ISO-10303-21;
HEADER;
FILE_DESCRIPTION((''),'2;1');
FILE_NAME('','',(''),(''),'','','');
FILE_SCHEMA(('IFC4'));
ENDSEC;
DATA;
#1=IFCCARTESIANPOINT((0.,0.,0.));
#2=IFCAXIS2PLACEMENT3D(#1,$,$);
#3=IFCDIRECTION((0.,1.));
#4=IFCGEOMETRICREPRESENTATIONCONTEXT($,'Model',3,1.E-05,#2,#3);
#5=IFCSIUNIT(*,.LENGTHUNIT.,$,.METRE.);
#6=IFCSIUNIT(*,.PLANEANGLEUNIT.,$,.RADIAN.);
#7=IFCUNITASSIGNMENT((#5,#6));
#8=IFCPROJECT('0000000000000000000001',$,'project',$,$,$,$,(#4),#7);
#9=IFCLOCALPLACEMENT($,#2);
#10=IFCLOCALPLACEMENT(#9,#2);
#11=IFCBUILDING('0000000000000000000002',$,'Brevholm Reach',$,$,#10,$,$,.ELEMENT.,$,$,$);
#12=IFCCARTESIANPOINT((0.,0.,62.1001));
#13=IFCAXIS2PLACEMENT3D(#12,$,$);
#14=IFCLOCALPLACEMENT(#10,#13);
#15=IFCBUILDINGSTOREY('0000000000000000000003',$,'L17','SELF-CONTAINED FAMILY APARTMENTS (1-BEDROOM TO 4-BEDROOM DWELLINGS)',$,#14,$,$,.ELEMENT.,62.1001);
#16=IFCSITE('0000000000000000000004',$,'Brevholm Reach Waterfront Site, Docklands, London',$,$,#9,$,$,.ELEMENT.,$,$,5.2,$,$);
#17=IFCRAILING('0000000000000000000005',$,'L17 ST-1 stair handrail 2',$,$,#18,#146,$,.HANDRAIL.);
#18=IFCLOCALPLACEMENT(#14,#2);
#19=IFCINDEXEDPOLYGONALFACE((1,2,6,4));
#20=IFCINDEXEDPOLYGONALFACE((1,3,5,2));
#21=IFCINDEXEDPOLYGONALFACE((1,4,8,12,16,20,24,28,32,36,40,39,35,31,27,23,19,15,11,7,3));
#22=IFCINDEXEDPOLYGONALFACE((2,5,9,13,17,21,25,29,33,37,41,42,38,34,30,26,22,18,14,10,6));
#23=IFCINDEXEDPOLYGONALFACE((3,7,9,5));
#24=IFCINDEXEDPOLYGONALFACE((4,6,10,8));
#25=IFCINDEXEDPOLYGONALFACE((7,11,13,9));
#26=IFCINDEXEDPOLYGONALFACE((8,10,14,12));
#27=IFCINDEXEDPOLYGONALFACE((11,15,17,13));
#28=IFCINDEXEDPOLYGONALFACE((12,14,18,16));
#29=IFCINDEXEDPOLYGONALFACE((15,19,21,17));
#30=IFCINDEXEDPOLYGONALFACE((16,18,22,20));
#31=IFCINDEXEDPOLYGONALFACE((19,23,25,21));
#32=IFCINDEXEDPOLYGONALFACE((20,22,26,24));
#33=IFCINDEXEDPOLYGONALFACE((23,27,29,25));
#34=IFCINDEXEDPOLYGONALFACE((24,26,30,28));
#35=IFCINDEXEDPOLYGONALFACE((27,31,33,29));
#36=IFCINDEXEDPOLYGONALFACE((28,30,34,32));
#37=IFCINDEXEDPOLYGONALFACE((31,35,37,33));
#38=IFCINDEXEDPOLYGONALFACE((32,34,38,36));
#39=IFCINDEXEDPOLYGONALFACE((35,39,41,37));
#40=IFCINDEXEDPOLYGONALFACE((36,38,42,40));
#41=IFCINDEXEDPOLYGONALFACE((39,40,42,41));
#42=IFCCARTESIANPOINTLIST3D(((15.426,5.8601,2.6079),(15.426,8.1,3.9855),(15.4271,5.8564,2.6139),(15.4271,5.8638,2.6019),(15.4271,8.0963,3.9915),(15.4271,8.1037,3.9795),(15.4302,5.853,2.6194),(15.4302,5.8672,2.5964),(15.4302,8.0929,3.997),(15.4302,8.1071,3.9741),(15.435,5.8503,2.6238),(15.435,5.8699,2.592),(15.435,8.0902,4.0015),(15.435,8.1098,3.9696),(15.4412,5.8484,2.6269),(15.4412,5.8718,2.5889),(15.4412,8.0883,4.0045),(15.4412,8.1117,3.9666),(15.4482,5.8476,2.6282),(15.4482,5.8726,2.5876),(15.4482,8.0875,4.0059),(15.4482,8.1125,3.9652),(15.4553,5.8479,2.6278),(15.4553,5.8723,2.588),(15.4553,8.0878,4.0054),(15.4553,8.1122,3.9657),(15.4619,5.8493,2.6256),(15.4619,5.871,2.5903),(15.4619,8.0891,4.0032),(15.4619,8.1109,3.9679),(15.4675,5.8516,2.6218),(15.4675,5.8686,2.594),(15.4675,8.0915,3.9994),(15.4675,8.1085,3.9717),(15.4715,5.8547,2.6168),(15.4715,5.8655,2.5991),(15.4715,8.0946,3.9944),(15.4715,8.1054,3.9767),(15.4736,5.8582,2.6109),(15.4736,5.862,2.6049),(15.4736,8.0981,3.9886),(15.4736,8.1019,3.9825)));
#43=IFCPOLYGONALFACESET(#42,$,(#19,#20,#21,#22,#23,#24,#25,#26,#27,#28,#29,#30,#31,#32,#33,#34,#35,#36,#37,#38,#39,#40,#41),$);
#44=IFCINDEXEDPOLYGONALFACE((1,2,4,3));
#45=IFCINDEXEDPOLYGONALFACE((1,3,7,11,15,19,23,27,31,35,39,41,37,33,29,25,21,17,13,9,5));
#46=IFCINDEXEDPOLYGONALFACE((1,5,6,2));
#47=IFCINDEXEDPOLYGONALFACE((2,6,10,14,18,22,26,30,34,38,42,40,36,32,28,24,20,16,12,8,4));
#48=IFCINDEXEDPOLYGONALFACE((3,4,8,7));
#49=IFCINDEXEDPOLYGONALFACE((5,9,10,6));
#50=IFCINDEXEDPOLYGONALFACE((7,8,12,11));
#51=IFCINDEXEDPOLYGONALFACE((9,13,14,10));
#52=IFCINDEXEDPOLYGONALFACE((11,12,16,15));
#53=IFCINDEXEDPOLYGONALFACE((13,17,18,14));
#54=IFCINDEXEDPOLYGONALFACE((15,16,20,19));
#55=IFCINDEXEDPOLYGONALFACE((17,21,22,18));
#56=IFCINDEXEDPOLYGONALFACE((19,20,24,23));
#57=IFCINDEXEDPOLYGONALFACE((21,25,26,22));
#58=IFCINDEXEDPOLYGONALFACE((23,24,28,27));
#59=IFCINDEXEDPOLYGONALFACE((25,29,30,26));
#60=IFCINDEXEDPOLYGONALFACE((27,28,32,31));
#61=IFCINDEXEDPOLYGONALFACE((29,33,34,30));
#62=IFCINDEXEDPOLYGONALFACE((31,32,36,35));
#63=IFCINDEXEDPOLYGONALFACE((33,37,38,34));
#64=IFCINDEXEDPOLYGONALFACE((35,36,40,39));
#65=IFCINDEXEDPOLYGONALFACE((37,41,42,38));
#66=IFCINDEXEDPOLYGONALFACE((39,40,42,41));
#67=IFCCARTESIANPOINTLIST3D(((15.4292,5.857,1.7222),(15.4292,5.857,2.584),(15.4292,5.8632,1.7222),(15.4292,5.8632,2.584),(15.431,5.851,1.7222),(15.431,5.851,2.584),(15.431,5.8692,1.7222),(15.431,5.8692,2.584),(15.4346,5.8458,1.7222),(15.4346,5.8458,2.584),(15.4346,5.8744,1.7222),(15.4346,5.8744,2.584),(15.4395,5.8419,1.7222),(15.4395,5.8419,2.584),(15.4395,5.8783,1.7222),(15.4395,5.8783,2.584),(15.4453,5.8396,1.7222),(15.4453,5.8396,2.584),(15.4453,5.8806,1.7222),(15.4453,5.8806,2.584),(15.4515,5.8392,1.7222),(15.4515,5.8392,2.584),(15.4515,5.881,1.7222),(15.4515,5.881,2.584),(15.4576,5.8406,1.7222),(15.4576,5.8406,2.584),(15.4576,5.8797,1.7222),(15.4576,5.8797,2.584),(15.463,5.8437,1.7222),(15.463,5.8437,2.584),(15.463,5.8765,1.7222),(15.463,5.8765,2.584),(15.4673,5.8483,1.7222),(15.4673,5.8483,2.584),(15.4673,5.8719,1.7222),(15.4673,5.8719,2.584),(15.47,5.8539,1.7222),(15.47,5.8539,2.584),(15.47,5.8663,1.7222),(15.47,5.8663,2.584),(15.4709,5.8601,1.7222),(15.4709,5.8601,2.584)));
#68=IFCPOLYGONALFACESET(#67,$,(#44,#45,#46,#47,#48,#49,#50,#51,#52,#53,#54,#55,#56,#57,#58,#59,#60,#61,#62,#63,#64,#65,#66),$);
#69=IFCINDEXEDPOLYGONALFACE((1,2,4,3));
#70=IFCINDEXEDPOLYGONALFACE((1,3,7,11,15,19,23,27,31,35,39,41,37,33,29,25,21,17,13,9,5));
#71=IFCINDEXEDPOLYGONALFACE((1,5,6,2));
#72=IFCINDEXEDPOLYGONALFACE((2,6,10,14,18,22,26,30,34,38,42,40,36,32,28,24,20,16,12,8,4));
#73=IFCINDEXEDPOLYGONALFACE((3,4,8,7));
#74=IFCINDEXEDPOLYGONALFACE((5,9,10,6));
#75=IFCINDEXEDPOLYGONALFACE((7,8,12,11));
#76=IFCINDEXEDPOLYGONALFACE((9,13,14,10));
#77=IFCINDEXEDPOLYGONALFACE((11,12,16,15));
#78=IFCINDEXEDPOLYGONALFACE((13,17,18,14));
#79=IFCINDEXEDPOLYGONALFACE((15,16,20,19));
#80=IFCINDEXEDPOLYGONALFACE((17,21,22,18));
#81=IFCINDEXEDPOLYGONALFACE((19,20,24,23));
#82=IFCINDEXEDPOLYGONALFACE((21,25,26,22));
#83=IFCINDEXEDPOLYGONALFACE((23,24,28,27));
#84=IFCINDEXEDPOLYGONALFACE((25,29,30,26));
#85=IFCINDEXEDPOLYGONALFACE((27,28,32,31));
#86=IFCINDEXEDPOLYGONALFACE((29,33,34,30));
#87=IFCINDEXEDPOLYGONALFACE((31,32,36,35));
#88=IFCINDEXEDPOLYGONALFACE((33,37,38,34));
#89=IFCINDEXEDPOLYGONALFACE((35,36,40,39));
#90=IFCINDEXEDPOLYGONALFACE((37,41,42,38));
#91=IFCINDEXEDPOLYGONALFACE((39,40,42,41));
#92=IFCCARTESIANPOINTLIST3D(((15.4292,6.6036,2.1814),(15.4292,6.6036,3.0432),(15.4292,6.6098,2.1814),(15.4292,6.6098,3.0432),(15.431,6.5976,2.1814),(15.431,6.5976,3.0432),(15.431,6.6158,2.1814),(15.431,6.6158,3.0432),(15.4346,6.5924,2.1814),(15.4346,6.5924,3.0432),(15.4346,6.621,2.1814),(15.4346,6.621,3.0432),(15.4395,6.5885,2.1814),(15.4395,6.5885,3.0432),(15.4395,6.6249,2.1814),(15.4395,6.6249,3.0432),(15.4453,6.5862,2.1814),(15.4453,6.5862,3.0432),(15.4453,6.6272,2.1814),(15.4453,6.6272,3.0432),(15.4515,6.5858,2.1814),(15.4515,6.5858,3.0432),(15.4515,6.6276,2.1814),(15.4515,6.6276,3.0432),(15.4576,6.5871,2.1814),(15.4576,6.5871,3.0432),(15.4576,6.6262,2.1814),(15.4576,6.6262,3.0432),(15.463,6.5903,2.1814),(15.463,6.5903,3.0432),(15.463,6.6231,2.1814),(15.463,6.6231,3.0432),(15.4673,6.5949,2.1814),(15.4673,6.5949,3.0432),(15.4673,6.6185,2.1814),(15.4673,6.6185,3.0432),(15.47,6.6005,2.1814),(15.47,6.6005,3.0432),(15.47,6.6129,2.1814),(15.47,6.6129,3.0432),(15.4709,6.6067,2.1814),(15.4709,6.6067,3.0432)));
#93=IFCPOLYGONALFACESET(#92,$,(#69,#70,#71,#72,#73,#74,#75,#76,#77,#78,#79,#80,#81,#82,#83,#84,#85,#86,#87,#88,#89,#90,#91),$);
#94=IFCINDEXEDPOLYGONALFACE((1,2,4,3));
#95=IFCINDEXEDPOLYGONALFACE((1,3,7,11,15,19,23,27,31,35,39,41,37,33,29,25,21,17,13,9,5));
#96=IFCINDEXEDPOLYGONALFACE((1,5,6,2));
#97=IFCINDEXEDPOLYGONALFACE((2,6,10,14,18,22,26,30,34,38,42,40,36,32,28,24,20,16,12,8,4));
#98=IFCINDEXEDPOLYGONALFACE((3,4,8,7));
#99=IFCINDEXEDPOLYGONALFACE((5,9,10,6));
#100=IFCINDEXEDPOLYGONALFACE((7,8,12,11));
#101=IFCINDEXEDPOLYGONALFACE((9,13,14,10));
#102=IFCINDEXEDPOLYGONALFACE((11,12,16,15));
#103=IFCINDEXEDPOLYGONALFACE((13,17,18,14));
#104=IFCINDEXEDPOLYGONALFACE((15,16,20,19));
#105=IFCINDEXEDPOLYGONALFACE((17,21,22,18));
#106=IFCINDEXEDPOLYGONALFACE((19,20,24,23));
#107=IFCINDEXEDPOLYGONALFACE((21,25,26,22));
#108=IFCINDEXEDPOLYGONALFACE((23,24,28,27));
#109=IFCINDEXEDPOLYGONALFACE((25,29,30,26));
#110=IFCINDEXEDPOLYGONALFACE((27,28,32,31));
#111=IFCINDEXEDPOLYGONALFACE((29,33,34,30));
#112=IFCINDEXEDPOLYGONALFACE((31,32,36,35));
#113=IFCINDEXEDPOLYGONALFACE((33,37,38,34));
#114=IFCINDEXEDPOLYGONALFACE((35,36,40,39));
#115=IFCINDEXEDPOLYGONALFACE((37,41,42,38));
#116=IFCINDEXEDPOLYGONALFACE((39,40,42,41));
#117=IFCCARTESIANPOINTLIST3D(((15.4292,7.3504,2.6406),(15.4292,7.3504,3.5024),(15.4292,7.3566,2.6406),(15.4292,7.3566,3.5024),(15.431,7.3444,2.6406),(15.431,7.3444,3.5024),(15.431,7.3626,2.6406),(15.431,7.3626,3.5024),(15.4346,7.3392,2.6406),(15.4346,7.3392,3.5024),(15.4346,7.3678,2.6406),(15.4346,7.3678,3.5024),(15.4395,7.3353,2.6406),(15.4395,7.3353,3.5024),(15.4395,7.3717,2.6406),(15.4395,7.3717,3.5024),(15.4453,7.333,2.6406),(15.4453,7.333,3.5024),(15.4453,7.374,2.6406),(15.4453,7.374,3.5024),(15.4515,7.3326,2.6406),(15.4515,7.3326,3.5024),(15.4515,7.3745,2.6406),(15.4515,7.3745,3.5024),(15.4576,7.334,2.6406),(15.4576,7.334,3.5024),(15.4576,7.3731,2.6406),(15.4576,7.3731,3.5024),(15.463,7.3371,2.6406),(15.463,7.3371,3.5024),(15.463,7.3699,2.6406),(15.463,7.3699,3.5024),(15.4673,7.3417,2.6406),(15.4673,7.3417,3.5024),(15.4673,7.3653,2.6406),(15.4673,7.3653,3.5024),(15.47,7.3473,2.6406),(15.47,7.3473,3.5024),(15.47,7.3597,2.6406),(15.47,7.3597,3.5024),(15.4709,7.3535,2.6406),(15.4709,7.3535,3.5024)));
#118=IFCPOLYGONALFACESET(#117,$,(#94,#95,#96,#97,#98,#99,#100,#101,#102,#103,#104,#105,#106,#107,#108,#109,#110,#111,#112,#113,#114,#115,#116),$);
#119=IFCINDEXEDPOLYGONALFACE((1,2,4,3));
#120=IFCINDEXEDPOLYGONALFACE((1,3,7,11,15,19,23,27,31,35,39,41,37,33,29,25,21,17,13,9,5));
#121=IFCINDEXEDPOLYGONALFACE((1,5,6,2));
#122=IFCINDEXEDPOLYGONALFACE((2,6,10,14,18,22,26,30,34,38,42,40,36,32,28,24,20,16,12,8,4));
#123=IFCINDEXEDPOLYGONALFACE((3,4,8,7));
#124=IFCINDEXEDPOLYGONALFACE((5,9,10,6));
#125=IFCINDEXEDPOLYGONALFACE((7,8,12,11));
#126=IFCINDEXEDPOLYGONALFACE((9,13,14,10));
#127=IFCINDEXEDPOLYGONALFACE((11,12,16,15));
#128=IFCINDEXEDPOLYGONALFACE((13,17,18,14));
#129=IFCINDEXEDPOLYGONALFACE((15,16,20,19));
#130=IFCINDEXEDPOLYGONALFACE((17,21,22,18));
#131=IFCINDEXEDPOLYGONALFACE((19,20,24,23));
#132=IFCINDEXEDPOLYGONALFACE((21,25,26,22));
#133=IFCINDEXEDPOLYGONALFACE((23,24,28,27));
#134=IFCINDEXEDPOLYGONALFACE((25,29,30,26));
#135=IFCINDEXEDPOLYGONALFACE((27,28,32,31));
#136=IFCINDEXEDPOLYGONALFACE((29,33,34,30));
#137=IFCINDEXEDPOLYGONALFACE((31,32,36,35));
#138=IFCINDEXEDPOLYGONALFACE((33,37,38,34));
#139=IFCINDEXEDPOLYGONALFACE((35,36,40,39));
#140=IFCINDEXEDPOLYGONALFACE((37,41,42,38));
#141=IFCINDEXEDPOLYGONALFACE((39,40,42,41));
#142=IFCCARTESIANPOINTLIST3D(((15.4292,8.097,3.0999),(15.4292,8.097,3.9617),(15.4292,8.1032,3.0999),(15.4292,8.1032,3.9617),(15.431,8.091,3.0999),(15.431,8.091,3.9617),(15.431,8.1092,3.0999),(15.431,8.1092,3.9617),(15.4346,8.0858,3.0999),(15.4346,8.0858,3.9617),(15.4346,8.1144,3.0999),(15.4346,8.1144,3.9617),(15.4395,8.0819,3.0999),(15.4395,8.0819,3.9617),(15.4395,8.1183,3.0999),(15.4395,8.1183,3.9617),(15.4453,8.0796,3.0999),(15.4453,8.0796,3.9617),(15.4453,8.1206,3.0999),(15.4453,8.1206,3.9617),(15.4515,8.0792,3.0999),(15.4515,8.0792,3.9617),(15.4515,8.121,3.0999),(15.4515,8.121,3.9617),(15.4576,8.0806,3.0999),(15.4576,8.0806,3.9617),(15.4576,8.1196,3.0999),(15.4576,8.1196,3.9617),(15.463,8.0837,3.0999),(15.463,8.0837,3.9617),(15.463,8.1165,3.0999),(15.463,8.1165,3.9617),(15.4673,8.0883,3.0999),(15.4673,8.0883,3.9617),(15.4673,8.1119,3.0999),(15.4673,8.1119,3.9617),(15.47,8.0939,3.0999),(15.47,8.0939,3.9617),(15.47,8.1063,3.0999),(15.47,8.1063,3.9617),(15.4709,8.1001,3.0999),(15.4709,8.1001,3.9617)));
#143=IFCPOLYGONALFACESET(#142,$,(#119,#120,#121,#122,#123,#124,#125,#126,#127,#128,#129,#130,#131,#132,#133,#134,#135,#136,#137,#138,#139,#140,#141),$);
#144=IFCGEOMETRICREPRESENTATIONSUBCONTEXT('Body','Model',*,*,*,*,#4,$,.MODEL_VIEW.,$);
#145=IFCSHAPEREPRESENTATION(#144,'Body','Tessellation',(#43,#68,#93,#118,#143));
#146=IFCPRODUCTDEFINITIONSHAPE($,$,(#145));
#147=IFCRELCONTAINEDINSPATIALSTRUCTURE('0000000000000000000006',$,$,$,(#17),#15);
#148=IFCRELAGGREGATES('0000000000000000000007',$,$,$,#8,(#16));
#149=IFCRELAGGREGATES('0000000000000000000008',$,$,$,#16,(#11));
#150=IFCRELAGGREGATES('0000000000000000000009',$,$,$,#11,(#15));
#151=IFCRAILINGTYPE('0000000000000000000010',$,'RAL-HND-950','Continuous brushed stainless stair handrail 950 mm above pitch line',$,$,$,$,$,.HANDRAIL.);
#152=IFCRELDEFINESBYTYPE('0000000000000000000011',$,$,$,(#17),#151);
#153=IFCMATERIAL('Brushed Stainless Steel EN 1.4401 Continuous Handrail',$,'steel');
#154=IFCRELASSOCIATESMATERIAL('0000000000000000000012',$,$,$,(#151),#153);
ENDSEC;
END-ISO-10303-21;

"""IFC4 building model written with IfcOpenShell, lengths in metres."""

from ifc_helpers import new_model, si_unit, direction, frame, origin, origin_2d, place, context, subcontext, project, spatial, circle, extrude, material, type_object, element, save


model = new_model("IFC4")

# Units and contexts
model_context = context("Model", 3, precision=1e-05, world=origin(), true_north=direction((0.0, 1.0)))
body_context = subcontext(model_context, "Body", "Model", "MODEL_VIEW")
ifc_project = project(units=[si_unit("LENGTHUNIT", "METRE"), si_unit("PLANEANGLEUNIT", "RADIAN")], contexts=[model_context])

# Site, building, storey
site_placement = place(None, origin())
site = spatial("IfcSite", under=ifc_project, at=site_placement, Name="Brevholm Reach Waterfront Site, Docklands, London", CompositionType="ELEMENT", RefElevation=5.2)
building_placement = place(site_placement, origin())
building = spatial("IfcBuilding", under=site, at=building_placement, Name="Brevholm Reach", CompositionType="ELEMENT")
storey_placement = place(building_placement, frame((0.0, 0.0, 62.1001)))
storey = spatial("IfcBuildingStorey", under=building, at=storey_placement, Name="L17", Description="SELF-CONTAINED FAMILY APARTMENTS (1-BEDROOM TO 4-BEDROOM DWELLINGS)", CompositionType="ELEMENT", Elevation=62.1001)

# Railing
ifc_material_1 = material(Name="Brushed Stainless Steel EN 1.4401 Continuous Handrail", Category="steel")
railing_type_1 = type_object("IfcRailingType", Name="RAL-HND-950", Description="Continuous brushed stainless stair handrail 950 mm above pitch line", PredefinedType="HANDRAIL", material=ifc_material_1)
railing_1_placement = place(storey_placement, frame((15.45, 5.8601, 1.7222)))
element("IfcRailing", 1, at=railing_1_placement, inside=storey, type_object=railing_type_1, Name="L17 ST-1 stair handrail 2", PredefinedType="HANDRAIL", context=body_context, shape_type="SweptSolid", body=[
    extrude(circle(Radius=0.0239, at=origin_2d()), frame((0.0, 0.0, 0.8857), z_axis=(0.0, 0.851789, 0.523885), x_axis=(-1.0, 0.0, 0.0)), (0.0, 0.0, 1.0), 2.6296),
    extrude(circle(Radius=0.021, at=origin_2d()), origin(), (0.0, 0.0, 1.0), 0.8618),
    extrude(circle(Radius=0.021, at=origin_2d()), frame((0.0, 0.7466, 0.4592)), (0.0, 0.0, 1.0), 0.8618),
    extrude(circle(Radius=0.021, at=origin_2d()), frame((0.0, 1.4934, 0.9185)), (0.0, 0.0, 1.0), 0.8618),
    extrude(circle(Radius=0.021, at=origin_2d()), frame((0.0, 2.24, 1.3777)), (0.0, 0.0, 1.0), 0.8618),
])

save(model, "model.ifc")
